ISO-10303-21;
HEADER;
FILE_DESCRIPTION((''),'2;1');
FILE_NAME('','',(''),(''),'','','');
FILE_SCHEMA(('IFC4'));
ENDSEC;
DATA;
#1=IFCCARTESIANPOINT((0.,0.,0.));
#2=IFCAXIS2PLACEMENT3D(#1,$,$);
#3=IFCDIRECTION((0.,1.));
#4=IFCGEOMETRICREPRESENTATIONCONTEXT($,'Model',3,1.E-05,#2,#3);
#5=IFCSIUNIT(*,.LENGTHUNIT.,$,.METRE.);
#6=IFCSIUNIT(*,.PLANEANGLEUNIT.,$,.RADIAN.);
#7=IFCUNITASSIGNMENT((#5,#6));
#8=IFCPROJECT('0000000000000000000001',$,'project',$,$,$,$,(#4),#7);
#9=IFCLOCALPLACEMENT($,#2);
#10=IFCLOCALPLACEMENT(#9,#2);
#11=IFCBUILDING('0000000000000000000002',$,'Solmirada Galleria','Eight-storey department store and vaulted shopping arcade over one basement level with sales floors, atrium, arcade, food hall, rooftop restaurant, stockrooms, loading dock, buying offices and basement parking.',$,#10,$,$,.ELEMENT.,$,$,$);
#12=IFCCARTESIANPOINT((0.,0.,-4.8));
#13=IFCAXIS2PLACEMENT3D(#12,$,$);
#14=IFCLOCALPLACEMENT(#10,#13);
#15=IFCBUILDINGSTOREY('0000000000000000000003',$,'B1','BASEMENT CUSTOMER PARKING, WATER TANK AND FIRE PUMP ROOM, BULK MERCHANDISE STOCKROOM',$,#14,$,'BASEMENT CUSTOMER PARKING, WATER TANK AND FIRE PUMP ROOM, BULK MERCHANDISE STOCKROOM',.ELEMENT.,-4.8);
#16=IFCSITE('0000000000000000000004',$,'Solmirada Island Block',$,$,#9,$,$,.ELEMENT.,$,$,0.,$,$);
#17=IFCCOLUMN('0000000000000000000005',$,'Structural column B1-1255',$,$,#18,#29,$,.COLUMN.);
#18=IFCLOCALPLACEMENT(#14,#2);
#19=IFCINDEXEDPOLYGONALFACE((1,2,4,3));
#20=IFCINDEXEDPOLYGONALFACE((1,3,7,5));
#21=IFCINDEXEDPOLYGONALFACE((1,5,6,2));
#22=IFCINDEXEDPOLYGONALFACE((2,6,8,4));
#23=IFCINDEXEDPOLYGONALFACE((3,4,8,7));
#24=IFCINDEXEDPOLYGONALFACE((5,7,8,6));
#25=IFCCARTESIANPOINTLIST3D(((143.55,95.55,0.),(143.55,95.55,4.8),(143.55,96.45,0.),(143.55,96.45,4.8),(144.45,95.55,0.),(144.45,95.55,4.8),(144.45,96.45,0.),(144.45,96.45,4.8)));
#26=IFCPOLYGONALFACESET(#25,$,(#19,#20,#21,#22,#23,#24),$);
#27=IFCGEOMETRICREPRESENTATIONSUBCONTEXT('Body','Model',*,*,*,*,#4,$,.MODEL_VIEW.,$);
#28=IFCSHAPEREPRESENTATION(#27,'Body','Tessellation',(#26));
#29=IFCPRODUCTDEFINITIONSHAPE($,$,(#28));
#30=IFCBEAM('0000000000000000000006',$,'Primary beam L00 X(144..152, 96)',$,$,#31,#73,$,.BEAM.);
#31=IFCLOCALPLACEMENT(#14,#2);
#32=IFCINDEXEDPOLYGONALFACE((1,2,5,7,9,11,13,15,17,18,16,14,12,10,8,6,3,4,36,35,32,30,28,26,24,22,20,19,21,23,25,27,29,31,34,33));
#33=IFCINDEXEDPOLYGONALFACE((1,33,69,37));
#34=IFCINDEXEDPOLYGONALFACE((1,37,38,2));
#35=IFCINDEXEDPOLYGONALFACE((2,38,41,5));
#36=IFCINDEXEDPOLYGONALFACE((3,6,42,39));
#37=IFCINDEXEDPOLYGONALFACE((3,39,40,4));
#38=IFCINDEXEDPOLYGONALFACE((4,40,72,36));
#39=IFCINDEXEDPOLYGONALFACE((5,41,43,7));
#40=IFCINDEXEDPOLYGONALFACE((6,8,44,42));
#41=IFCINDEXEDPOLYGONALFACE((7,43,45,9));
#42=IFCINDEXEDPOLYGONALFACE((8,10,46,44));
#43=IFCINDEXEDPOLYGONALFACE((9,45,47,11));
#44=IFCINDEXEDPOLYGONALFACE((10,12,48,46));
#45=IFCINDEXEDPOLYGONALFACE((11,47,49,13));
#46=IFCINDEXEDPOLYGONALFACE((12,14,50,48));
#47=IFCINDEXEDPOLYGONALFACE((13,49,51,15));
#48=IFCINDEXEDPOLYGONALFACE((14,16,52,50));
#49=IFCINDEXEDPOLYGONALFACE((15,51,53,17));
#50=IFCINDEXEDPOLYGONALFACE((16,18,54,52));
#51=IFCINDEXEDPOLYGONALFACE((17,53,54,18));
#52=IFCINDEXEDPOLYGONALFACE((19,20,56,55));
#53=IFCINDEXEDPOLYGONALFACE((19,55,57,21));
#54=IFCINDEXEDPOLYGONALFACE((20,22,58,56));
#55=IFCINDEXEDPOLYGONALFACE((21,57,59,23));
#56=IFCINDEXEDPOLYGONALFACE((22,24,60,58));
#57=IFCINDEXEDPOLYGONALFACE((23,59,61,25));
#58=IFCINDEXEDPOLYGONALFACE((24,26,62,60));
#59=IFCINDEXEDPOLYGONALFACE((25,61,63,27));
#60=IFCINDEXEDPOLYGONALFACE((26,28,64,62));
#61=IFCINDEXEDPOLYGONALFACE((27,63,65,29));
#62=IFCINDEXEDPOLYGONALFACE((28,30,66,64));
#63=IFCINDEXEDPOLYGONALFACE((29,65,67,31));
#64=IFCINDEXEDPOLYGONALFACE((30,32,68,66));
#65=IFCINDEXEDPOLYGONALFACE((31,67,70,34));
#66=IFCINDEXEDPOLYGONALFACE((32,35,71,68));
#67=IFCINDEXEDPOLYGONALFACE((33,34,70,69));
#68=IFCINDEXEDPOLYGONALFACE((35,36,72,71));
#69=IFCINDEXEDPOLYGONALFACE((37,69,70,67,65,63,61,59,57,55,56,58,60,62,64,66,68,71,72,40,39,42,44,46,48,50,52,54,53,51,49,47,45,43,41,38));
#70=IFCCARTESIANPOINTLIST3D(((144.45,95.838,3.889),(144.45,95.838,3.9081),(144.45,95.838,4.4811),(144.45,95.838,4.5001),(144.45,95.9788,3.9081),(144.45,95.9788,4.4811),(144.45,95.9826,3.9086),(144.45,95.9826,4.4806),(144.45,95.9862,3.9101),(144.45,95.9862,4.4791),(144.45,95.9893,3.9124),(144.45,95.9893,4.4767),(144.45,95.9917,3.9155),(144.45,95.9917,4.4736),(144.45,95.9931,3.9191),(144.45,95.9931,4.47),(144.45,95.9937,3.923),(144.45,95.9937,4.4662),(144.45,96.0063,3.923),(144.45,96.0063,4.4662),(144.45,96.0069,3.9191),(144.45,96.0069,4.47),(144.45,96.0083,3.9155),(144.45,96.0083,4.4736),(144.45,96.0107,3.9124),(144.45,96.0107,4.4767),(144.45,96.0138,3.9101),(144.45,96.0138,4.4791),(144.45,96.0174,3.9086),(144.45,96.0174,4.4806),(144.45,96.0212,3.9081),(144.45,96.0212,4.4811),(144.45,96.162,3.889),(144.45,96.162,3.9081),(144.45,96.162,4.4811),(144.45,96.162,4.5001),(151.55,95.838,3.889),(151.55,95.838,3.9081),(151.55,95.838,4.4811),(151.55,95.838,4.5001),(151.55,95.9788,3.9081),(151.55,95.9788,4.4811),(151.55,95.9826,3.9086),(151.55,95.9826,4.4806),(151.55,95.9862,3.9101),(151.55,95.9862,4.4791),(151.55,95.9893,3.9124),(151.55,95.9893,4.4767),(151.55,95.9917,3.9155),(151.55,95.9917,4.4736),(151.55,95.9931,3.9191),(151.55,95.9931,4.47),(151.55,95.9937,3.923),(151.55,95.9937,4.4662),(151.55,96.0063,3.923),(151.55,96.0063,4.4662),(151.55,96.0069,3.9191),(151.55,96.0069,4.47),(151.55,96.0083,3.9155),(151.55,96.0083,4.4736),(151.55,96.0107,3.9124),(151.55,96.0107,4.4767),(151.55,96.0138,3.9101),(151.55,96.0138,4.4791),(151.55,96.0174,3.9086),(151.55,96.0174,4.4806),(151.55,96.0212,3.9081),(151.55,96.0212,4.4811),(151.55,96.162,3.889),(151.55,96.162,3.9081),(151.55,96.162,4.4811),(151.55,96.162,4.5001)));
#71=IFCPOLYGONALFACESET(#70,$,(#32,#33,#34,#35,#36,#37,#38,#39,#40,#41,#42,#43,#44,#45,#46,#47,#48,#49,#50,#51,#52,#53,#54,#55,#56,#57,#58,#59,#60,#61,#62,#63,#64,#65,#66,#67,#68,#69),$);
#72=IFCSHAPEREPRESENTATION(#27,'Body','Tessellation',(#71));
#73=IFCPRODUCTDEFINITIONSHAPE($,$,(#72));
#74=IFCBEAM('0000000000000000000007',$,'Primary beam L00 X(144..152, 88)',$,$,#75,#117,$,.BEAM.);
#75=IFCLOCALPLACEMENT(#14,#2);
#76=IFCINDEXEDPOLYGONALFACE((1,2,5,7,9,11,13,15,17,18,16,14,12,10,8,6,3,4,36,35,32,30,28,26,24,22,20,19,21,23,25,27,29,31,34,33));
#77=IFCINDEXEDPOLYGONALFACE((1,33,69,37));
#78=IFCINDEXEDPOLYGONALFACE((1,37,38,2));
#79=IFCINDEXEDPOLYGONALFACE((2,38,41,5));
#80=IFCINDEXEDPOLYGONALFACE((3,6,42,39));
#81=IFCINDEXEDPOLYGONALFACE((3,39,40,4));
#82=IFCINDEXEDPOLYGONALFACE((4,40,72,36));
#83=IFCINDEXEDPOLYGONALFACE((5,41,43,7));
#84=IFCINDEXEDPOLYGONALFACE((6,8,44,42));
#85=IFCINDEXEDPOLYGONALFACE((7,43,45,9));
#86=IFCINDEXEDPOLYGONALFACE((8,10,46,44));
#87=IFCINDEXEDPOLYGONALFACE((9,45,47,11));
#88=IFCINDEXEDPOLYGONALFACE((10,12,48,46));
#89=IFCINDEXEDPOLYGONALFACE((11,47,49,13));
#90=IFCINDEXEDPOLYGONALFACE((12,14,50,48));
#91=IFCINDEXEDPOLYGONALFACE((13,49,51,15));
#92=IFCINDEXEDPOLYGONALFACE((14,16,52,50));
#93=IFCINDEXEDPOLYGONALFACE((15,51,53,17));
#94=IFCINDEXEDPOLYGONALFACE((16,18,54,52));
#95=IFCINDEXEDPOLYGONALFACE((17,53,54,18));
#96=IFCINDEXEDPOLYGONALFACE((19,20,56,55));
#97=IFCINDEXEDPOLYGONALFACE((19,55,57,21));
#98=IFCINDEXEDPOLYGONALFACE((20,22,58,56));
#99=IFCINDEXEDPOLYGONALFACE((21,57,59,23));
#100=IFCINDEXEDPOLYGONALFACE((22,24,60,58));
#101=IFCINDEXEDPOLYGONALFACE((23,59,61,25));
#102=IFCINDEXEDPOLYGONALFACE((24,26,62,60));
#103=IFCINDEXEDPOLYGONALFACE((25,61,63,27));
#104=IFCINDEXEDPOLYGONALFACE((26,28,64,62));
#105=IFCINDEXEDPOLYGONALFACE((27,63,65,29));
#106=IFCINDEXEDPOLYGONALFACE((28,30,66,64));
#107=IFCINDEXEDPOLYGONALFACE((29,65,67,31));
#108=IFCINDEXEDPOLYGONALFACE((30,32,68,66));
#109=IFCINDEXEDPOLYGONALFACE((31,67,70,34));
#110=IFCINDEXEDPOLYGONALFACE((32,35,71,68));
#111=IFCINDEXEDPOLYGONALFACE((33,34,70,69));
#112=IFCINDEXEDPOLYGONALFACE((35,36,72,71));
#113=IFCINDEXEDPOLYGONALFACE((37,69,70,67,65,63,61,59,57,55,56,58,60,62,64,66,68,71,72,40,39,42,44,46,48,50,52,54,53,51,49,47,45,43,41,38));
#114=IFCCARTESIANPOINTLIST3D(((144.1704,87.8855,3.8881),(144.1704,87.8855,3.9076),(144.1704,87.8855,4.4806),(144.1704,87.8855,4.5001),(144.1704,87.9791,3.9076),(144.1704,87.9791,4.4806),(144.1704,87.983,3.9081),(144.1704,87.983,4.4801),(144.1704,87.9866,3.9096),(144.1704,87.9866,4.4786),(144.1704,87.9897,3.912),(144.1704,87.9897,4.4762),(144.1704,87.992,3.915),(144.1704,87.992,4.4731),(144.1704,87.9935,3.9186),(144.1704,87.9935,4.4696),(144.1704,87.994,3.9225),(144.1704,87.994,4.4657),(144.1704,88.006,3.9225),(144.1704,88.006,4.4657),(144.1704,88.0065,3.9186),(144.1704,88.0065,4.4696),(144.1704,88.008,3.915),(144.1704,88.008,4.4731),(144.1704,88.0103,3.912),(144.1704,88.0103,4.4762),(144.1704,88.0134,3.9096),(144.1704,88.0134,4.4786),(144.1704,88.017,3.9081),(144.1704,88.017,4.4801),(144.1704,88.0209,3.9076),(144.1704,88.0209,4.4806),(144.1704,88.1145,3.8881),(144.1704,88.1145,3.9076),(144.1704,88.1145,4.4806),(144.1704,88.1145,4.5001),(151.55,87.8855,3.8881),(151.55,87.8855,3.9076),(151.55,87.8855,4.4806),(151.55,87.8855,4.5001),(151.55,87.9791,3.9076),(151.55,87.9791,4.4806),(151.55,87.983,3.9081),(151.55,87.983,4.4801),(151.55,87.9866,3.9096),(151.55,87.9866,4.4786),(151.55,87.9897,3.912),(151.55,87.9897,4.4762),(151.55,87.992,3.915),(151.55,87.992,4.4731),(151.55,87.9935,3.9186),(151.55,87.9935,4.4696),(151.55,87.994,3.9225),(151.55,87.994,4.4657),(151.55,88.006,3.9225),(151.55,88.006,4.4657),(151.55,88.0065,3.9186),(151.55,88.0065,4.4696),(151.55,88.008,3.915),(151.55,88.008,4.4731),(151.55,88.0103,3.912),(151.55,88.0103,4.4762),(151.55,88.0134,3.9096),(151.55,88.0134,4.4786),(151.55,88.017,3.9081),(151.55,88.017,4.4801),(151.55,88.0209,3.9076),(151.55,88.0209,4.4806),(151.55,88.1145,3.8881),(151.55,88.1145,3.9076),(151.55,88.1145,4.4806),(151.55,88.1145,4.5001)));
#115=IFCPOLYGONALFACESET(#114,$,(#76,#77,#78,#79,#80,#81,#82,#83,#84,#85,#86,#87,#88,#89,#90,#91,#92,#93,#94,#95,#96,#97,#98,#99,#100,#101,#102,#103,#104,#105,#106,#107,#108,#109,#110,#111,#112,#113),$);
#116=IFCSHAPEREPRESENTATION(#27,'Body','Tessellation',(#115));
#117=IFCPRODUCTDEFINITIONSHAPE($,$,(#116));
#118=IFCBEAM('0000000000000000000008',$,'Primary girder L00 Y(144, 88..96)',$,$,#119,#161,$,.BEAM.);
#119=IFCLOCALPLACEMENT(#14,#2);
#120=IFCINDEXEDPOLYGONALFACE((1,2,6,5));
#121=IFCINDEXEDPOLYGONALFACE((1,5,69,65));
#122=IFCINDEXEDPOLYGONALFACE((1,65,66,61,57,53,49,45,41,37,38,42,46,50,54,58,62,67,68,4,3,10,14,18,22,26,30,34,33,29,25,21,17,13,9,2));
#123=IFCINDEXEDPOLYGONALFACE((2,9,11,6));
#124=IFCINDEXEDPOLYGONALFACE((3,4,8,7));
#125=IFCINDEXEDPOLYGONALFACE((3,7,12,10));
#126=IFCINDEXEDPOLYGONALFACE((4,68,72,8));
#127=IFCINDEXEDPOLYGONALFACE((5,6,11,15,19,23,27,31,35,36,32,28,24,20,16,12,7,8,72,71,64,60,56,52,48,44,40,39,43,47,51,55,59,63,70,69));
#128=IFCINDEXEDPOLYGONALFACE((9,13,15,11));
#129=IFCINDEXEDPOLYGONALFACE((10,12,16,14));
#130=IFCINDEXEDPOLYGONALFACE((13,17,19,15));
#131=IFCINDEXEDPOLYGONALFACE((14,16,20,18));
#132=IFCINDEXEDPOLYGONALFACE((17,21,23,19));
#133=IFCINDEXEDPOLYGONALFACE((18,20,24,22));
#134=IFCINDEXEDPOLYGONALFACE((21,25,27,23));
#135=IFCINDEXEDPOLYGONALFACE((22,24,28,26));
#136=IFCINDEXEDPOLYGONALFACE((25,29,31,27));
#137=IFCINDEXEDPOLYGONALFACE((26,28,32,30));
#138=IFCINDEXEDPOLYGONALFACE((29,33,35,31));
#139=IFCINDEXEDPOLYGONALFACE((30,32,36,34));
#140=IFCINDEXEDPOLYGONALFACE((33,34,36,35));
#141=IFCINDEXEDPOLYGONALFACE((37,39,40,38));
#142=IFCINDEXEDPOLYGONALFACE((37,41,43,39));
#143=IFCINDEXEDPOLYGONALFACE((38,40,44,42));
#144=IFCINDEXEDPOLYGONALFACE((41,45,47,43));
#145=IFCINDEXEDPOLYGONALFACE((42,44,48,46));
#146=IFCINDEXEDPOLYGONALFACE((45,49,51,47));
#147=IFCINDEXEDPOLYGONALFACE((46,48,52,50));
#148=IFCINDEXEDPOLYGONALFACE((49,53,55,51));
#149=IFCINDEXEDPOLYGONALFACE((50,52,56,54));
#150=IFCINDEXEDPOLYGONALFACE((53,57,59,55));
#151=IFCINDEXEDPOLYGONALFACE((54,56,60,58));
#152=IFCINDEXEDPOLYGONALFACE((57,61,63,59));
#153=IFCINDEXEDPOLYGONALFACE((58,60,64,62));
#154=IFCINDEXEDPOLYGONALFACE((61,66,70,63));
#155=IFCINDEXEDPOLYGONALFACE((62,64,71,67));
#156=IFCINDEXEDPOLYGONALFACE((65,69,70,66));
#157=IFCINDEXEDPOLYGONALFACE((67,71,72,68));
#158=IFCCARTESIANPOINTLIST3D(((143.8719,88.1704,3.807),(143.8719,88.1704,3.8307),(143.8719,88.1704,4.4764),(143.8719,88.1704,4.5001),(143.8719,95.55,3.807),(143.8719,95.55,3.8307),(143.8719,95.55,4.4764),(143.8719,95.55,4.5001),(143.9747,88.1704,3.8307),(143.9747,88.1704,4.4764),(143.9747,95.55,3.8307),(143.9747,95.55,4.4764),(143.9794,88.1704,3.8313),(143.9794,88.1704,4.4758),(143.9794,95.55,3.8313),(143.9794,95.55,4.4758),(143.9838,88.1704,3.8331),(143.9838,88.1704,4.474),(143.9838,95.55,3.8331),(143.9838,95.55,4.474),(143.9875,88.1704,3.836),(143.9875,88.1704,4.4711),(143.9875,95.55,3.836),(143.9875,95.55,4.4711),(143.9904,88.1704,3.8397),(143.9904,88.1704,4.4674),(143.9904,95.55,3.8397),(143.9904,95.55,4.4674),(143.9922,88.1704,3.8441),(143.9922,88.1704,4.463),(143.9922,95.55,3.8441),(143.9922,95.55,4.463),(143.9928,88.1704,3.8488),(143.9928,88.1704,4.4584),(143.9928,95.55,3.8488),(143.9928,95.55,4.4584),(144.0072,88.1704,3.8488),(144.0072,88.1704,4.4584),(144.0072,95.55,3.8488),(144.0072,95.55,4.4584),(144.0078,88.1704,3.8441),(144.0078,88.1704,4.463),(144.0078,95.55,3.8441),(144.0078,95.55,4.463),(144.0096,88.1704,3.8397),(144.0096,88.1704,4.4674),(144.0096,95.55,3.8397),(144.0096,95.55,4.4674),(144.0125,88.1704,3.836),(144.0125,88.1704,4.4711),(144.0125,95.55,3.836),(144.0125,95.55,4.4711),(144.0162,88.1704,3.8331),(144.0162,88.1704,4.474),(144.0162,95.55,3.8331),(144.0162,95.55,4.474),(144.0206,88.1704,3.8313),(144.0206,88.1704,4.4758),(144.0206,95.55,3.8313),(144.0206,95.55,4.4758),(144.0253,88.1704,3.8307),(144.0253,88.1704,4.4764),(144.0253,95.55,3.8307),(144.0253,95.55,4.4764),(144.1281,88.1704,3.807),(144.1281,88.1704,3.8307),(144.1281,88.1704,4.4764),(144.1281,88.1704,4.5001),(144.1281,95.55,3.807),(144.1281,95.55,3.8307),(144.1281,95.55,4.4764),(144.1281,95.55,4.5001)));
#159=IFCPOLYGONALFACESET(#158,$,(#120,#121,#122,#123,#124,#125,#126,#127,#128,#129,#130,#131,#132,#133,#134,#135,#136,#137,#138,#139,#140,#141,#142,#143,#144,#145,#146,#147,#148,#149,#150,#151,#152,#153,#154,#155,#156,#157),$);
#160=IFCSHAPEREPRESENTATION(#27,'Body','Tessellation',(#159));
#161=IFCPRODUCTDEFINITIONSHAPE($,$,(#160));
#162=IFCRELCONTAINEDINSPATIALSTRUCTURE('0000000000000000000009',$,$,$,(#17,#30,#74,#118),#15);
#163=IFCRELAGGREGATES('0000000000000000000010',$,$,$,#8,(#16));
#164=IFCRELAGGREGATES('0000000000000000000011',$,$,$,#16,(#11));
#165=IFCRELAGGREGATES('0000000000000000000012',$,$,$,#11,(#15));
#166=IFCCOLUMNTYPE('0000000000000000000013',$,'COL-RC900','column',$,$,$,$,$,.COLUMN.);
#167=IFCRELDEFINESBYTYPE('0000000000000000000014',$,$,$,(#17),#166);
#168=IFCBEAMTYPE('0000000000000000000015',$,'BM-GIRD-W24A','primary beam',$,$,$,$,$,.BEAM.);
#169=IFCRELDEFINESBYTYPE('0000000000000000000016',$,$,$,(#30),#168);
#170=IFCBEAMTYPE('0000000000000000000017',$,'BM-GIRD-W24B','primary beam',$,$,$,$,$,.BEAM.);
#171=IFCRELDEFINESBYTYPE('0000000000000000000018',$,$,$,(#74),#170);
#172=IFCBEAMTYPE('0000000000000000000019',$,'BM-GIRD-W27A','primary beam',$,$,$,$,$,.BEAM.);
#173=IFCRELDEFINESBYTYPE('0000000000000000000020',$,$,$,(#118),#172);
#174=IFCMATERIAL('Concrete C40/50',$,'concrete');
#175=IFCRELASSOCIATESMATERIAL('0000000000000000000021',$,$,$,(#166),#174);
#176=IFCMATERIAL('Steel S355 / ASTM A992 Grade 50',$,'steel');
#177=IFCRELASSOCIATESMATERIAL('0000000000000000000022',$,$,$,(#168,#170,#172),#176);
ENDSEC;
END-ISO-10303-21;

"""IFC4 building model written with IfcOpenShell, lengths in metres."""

from ifc_helpers import new_model, si_unit, direction, frame, origin, origin_2d, place, context, subcontext, project, spatial, rectangle, i_section, extrude, material, material_profile, profile_set, type_object, element, save


model = new_model("IFC4")

# Units and contexts
model_context = context("Model", 3, precision=1e-05, world=origin(), true_north=direction((0.0, 1.0)))
body_context = subcontext(model_context, "Body", "Model", "MODEL_VIEW")
ifc_project = project(units=[si_unit("LENGTHUNIT", "METRE"), si_unit("PLANEANGLEUNIT", "RADIAN")], contexts=[model_context])

# Site, building, storey
site_placement = place(None, origin())
site = spatial("IfcSite", under=ifc_project, at=site_placement, Name="Solmirada Island Block", CompositionType="ELEMENT", RefElevation=0.0)
building_placement = place(site_placement, origin())
building = spatial("IfcBuilding", under=site, at=building_placement, Name="Solmirada Galleria", Description="Eight-storey department store and vaulted shopping arcade over one basement level with sales floors, atrium, arcade, food hall, rooftop restaurant, stockrooms, loading dock, buying offices and basement parking.", CompositionType="ELEMENT")
storey_placement = place(building_placement, frame((0.0, 0.0, -4.8)))
storey = spatial("IfcBuildingStorey", under=building, at=storey_placement, Name="B1", Description="BASEMENT CUSTOMER PARKING, WATER TANK AND FIRE PUMP ROOM, BULK MERCHANDISE STOCKROOM", LongName="BASEMENT CUSTOMER PARKING, WATER TANK AND FIRE PUMP ROOM, BULK MERCHANDISE STOCKROOM", CompositionType="ELEMENT", Elevation=-4.8)

# Shared definitions
ifc_material_1 = material(Name="Concrete C40/50", Category="concrete")

# Column
ifc_material_profile_1 = material_profile(ifc_material_1, rectangle(XDim=0.8999, YDim=0.8999, at=origin_2d()), Name="RC900X900")
ifc_profile_set_1 = profile_set([ifc_material_profile_1], Name="Concrete C40/50")
column_type_1 = type_object("IfcColumnType", Name="COL-RC900", Description="column", PredefinedType="COLUMN", material=ifc_profile_set_1)
column_1_placement = place(storey_placement, frame((144.0, 96.0, 0.0), z_axis=(0.0, 0.0, 1.0), x_axis=(1.0, 0.0, 0.0)))
element("IfcColumn", 1, at=column_1_placement, inside=storey, type_object=column_type_1, Name="Structural column B1-1255", PredefinedType="COLUMN", context=body_context, shape_type="SweptSolid", body=[
    extrude(rectangle(XDim=0.8999, YDim=0.8999, at=origin_2d()), origin(), (0.0, 0.0, 1.0), 4.8),
])

# Beams
ifc_material_2 = material(Name="Steel S355 / ASTM A992 Grade 50", Category="steel")
ifc_material_profile_2 = material_profile(ifc_material_2, i_section(OverallWidth=0.324, OverallDepth=0.6111, WebThickness=0.0127, FlangeThickness=0.019, FilletRadius=0.0149, at=origin_2d()), Name="W24X104")
ifc_profile_set_2 = profile_set([ifc_material_profile_2], Name="Steel S355 / ASTM A992 Grade 50")
beam_type_1 = type_object("IfcBeamType", Name="BM-GIRD-W24A", Description="primary beam", PredefinedType="BEAM", material=ifc_profile_set_2)
beam_1_placement = place(storey_placement, frame((144.45, 96.0, 4.1946), z_axis=(1.0, 0.0, 0.0), x_axis=(0.0, 1.0, 0.0)))
element("IfcBeam", 2, at=beam_1_placement, inside=storey, type_object=beam_type_1, Name="Primary beam L00 X(144..152, 96)", PredefinedType="BEAM", context=body_context, shape_type="SweptSolid", body=[
    extrude(i_section(OverallWidth=0.324, OverallDepth=0.6111, WebThickness=0.0127, FlangeThickness=0.019, FilletRadius=0.0149, at=origin_2d()), origin(), (0.0, 0.0, 1.0), 7.1001),
])
ifc_material_profile_3 = material_profile(ifc_material_2, i_section(OverallWidth=0.229, OverallDepth=0.6121, WebThickness=0.012, FlangeThickness=0.0195, FilletRadius=0.0149, at=origin_2d()), Name="W24X84")
ifc_profile_set_3 = profile_set([ifc_material_profile_3], Name="Steel S355 / ASTM A992 Grade 50")
beam_type_2 = type_object("IfcBeamType", Name="BM-GIRD-W24B", Description="primary beam", PredefinedType="BEAM", material=ifc_profile_set_3)
beam_2_placement = place(storey_placement, frame((144.1704, 88.0, 4.1941), z_axis=(1.0, 0.0, 0.0), x_axis=(0.0, 1.0, 0.0)))
element("IfcBeam", 3, at=beam_2_placement, inside=storey, type_object=beam_type_2, Name="Primary beam L00 X(144..152, 88)", PredefinedType="BEAM", context=body_context, shape_type="SweptSolid", body=[
    extrude(i_section(OverallWidth=0.229, OverallDepth=0.6121, WebThickness=0.012, FlangeThickness=0.0195, FilletRadius=0.0149, at=origin_2d()), origin(), (0.0, 0.0, 1.0), 7.3796),
])
ifc_material_profile_4 = material_profile(ifc_material_2, i_section(OverallWidth=0.2561, OverallDepth=0.6931, WebThickness=0.0144, FlangeThickness=0.0237, FilletRadius=0.0181, at=origin_2d()), Name="W27X114")
ifc_profile_set_4 = profile_set([ifc_material_profile_4], Name="Steel S355 / ASTM A992 Grade 50")
beam_type_3 = type_object("IfcBeamType", Name="BM-GIRD-W27A", Description="primary beam", PredefinedType="BEAM", material=ifc_profile_set_4)
beam_3_placement = place(storey_placement, frame((144.0, 88.1704, 4.1536), z_axis=(0.0, 1.0, 0.0), x_axis=(-1.0, 0.0, 0.0)))
element("IfcBeam", 4, at=beam_3_placement, inside=storey, type_object=beam_type_3, Name="Primary girder L00 Y(144, 88..96)", PredefinedType="BEAM", context=body_context, shape_type="SweptSolid", body=[
    extrude(i_section(OverallWidth=0.2561, OverallDepth=0.6931, WebThickness=0.0144, FlangeThickness=0.0237, FilletRadius=0.0181, at=origin_2d()), origin(), (0.0, 0.0, 1.0), 7.3796),
])

save(model, "model.ifc")
